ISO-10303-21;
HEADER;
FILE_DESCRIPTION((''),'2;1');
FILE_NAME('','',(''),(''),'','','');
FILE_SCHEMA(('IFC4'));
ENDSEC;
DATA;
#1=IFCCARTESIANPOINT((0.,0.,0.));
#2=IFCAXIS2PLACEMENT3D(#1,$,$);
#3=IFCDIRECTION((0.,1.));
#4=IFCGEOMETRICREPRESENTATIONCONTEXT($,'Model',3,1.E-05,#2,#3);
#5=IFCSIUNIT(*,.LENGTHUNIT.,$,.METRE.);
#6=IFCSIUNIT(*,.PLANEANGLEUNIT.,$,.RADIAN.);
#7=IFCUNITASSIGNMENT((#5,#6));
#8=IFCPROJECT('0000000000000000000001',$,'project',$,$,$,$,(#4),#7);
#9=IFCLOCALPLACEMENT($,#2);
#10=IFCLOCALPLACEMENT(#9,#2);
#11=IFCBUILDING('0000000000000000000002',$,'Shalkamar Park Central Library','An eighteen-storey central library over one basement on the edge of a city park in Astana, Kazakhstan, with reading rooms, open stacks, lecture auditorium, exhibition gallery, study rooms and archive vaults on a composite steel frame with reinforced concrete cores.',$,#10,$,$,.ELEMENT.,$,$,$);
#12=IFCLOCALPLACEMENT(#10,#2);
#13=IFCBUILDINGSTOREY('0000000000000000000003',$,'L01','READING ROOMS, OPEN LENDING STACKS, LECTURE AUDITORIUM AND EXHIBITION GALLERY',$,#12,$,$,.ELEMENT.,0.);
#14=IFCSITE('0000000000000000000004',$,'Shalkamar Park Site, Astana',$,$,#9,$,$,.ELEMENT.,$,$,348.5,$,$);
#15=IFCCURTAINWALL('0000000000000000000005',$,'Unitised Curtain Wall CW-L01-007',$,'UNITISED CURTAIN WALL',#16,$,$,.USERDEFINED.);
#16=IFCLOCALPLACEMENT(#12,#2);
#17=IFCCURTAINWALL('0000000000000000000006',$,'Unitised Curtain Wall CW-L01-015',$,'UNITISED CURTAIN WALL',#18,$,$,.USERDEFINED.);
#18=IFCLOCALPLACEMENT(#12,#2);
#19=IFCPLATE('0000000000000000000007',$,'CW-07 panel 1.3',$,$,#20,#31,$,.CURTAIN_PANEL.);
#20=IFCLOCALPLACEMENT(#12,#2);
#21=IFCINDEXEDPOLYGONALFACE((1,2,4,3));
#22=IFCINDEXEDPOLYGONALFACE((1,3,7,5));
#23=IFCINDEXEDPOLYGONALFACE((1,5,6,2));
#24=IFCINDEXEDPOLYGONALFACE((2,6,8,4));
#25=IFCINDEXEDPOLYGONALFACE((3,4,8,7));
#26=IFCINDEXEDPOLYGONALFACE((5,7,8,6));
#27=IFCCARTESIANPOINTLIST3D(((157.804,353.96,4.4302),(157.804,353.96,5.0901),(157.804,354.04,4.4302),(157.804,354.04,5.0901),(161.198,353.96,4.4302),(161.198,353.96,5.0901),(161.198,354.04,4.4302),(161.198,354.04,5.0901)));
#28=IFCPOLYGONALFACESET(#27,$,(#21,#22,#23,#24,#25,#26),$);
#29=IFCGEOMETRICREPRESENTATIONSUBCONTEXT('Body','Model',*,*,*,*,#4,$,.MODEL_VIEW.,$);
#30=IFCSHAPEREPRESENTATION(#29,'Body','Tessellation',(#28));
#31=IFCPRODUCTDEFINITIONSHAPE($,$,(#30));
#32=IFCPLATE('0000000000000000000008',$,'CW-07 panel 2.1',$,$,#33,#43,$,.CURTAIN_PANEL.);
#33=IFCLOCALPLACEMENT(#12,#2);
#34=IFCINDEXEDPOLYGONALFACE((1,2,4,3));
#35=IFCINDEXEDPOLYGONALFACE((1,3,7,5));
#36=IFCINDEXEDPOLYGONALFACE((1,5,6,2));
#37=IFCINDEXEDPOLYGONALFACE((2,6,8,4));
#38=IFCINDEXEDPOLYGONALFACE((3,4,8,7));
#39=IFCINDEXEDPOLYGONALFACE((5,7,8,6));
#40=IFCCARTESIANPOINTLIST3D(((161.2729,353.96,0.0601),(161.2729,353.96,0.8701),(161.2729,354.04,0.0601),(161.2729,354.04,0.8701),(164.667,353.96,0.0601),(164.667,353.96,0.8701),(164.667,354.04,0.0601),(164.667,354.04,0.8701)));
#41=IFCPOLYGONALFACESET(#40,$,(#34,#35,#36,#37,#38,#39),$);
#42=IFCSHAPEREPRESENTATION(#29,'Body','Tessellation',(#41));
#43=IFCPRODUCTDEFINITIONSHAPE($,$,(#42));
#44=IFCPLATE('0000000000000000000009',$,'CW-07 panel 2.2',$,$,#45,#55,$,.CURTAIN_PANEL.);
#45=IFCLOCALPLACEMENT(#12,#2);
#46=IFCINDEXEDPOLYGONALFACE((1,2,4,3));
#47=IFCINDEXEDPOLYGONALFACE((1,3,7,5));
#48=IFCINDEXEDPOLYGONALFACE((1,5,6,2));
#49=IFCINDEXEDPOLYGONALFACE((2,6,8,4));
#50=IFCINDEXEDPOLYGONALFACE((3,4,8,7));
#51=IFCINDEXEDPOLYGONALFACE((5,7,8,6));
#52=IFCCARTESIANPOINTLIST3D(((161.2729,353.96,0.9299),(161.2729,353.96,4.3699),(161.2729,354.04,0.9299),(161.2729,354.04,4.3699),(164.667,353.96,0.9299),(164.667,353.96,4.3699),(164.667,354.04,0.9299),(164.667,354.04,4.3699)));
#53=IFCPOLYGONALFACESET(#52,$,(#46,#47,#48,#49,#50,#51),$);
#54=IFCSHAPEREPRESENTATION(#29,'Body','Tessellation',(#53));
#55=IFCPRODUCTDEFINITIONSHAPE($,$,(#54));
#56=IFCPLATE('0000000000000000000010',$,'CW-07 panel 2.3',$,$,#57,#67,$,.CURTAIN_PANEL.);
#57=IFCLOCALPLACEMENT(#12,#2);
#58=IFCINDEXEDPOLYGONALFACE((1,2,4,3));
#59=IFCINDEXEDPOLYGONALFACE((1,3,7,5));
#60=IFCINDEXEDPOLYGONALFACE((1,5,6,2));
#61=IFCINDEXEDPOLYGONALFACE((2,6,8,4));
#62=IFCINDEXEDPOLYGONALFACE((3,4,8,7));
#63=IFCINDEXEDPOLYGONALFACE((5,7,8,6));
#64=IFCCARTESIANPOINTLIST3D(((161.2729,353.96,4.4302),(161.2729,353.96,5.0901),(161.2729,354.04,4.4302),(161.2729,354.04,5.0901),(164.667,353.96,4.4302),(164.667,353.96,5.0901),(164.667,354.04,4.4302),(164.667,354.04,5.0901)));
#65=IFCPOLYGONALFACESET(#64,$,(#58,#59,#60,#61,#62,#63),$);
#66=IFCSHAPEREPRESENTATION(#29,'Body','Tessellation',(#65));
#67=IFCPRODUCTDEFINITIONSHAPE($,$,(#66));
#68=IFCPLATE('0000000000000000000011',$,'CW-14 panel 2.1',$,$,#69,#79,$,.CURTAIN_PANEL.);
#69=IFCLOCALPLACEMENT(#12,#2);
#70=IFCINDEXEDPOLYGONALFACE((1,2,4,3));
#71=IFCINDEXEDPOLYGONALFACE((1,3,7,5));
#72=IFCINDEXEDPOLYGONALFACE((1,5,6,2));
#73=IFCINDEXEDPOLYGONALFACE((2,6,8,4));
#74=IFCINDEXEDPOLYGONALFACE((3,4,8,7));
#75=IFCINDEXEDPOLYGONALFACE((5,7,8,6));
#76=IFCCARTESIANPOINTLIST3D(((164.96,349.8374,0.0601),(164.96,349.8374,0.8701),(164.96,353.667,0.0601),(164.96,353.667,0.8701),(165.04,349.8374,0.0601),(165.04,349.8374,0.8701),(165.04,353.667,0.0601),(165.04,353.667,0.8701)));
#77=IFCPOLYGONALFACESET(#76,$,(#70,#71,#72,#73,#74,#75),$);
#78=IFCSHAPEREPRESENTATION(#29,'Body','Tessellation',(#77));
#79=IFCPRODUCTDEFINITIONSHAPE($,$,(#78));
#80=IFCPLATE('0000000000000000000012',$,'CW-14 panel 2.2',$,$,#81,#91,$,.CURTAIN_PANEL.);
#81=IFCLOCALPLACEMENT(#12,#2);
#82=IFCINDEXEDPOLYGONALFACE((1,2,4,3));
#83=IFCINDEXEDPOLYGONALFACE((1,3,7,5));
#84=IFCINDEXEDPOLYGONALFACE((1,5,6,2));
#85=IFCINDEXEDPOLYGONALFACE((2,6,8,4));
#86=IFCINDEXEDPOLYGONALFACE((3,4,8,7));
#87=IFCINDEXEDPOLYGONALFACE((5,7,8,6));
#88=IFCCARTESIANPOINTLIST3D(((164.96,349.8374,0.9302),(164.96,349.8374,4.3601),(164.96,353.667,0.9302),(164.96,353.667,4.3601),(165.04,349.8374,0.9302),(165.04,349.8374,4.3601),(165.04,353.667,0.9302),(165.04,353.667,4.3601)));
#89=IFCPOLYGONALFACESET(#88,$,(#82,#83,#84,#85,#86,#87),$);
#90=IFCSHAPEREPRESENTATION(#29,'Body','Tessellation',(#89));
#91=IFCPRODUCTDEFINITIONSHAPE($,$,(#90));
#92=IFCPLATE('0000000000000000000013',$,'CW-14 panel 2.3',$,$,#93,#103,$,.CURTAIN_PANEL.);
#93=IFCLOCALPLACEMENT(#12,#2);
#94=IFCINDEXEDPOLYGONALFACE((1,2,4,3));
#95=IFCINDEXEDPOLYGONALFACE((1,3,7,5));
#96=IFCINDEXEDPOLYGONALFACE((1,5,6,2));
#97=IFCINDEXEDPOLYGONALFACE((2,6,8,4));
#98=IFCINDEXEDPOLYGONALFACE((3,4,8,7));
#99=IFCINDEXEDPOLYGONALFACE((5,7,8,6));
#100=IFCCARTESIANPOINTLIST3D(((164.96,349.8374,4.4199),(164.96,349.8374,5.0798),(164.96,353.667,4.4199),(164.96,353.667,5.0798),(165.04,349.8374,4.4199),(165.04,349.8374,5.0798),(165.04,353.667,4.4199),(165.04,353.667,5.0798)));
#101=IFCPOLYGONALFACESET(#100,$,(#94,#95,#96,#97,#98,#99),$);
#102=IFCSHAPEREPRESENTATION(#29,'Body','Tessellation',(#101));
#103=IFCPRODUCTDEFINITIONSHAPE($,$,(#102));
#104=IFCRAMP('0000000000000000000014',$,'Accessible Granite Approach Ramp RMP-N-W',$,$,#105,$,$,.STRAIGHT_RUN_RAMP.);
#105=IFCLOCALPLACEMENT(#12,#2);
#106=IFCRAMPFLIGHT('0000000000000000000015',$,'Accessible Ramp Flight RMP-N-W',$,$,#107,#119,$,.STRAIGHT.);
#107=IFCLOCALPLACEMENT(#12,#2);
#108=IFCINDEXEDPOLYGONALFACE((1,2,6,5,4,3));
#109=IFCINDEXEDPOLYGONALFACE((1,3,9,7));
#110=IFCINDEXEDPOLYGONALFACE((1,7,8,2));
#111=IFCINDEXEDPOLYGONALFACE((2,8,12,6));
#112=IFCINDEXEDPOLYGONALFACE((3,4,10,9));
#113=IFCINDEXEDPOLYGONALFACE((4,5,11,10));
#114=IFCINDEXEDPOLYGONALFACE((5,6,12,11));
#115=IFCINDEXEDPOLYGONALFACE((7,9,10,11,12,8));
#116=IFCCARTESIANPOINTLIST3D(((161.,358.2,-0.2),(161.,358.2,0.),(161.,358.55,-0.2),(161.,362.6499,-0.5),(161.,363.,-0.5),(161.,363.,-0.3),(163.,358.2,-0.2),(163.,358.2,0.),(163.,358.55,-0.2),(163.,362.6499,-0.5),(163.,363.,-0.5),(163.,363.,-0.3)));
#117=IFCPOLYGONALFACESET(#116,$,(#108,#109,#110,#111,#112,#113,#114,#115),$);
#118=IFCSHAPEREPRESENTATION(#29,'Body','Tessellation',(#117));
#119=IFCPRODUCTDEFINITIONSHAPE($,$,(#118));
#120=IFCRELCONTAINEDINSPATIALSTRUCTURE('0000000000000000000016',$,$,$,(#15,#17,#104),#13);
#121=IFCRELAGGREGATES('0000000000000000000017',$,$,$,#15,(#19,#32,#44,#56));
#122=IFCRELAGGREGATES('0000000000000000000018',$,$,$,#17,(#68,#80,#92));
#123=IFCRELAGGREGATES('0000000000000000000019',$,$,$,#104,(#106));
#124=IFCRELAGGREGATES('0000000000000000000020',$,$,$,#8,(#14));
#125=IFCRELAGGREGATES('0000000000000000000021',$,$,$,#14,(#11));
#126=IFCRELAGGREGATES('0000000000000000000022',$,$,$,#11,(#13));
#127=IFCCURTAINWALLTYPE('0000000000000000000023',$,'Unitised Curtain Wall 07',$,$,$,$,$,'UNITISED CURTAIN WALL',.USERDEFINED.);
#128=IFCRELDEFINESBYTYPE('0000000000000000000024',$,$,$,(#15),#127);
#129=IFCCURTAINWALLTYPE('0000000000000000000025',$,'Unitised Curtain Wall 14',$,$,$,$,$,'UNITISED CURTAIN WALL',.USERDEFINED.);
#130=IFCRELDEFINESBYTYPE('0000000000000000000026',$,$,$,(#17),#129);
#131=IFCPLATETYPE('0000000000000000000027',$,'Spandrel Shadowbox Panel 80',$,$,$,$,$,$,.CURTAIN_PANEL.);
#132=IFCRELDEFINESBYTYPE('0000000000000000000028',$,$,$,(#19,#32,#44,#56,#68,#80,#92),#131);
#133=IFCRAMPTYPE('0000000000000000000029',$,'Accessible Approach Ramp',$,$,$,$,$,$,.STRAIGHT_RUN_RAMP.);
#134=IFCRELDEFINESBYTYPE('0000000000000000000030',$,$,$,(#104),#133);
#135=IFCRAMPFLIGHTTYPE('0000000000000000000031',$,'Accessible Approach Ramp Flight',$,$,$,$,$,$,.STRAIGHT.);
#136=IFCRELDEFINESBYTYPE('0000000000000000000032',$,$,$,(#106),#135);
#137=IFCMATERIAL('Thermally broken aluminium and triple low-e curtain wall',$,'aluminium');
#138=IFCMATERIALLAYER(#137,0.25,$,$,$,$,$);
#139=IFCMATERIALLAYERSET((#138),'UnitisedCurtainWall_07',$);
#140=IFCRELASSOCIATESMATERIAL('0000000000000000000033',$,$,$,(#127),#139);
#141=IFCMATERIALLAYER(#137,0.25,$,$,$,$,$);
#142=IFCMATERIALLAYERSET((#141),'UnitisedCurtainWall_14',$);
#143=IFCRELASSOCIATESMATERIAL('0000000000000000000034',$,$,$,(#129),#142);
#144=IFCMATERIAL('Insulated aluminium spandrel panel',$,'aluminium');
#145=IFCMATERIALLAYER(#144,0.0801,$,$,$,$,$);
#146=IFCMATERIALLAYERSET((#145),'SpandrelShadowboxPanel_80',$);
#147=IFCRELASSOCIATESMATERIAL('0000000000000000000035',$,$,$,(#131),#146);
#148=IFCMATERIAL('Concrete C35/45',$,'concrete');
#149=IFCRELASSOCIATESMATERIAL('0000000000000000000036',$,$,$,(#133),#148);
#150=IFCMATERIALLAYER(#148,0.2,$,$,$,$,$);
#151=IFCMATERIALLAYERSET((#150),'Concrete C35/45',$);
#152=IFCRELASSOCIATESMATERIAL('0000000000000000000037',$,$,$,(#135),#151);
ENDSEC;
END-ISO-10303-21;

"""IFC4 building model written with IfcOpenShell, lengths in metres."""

from ifc_helpers import new_model, si_unit, direction, frame, origin, origin_2d, place, context, subcontext, project, spatial, polyline, rectangle, outline, extrude, material, layer, layer_set, type_object, element, aggregate, save


model = new_model("IFC4")

# Units and contexts
model_context = context("Model", 3, precision=1e-05, world=origin(), true_north=direction((0.0, 1.0)))
body_context = subcontext(model_context, "Body", "Model", "MODEL_VIEW")
ifc_project = project(units=[si_unit("LENGTHUNIT", "METRE"), si_unit("PLANEANGLEUNIT", "RADIAN")], contexts=[model_context])

# Site, building, storey
site_placement = place(None, origin())
site = spatial("IfcSite", under=ifc_project, at=site_placement, Name="Shalkamar Park Site, Astana", CompositionType="ELEMENT", RefElevation=348.5)
building_placement = place(site_placement, origin())
building = spatial("IfcBuilding", under=site, at=building_placement, Name="Shalkamar Park Central Library", Description="An eighteen-storey central library over one basement on the edge of a city park in Astana, Kazakhstan, with reading rooms, open stacks, lecture auditorium, exhibition gallery, study rooms and archive vaults on a composite steel frame with reinforced concrete cores.", CompositionType="ELEMENT")
storey_placement = place(building_placement, origin())
storey = spatial("IfcBuildingStorey", under=building, at=storey_placement, Name="L01", Description="READING ROOMS, OPEN LENDING STACKS, LECTURE AUDITORIUM AND EXHIBITION GALLERY", CompositionType="ELEMENT", Elevation=0.0)

# Curtain walls
ifc_material_1 = material(Name="Thermally broken aluminium and triple low-e curtain wall", Category="aluminium")
ifc_layer_1 = layer(ifc_material_1, 0.25)
ifc_layer_set_1 = layer_set([ifc_layer_1], Name="UnitisedCurtainWall_07")
curtain_wall_type_1 = type_object("IfcCurtainWallType", Name="Unitised Curtain Wall 07", ElementType="UNITISED CURTAIN WALL", PredefinedType="USERDEFINED", material=ifc_layer_set_1)
curtain_wall_1_placement = place(storey_placement, origin())
curtain_wall_1 = element("IfcCurtainWall", 1, at=curtain_wall_1_placement, inside=storey, type_object=curtain_wall_type_1, Name="Unitised Curtain Wall CW-L01-007", ObjectType="UNITISED CURTAIN WALL", PredefinedType="USERDEFINED")
ifc_layer_2 = layer(ifc_material_1, 0.25)
ifc_layer_set_2 = layer_set([ifc_layer_2], Name="UnitisedCurtainWall_14")
curtain_wall_type_2 = type_object("IfcCurtainWallType", Name="Unitised Curtain Wall 14", ElementType="UNITISED CURTAIN WALL", PredefinedType="USERDEFINED", material=ifc_layer_set_2)
curtain_wall_2_placement = place(storey_placement, origin())
curtain_wall_2 = element("IfcCurtainWall", 2, at=curtain_wall_2_placement, inside=storey, type_object=curtain_wall_type_2, Name="Unitised Curtain Wall CW-L01-015", ObjectType="UNITISED CURTAIN WALL", PredefinedType="USERDEFINED")

# Plates
ifc_material_2 = material(Name="Insulated aluminium spandrel panel", Category="aluminium")
ifc_layer_3 = layer(ifc_material_2, 0.0801)
ifc_layer_set_3 = layer_set([ifc_layer_3], Name="SpandrelShadowboxPanel_80")
plate_type = type_object("IfcPlateType", Name="Spandrel Shadowbox Panel 80", PredefinedType="CURTAIN_PANEL", material=ifc_layer_set_3)
plate_1_placement = place(storey_placement, frame((159.501, 354.0, 4.4302), z_axis=(0.0, 0.0, 1.0), x_axis=(1.0, 0.0, 0.0)))
plate_1 = element("IfcPlate", 3, at=plate_1_placement, type_object=plate_type, Name="CW-07 panel 1.3", PredefinedType="CURTAIN_PANEL", context=body_context, shape_type="SweptSolid", body=[
    extrude(rectangle(XDim=3.394, YDim=0.0801, at=origin_2d()), origin(), (0.0, 0.0, 1.0), 0.6599),
])
plate_2_placement = place(storey_placement, frame((162.97, 354.0, 0.0601), z_axis=(0.0, 0.0, 1.0), x_axis=(1.0, 0.0, 0.0)))
plate_2 = element("IfcPlate", 4, at=plate_2_placement, type_object=plate_type, Name="CW-07 panel 2.1", PredefinedType="CURTAIN_PANEL", context=body_context, shape_type="SweptSolid", body=[
    extrude(rectangle(XDim=3.394, YDim=0.0801, at=origin_2d()), origin(), (0.0, 0.0, 1.0), 0.8101),
])
plate_3_placement = place(storey_placement, frame((162.97, 354.0, 0.9299), z_axis=(0.0, 0.0, 1.0), x_axis=(1.0, 0.0, 0.0)))
plate_3 = element("IfcPlate", 5, at=plate_3_placement, type_object=plate_type, Name="CW-07 panel 2.2", PredefinedType="CURTAIN_PANEL", context=body_context, shape_type="SweptSolid", body=[
    extrude(rectangle(XDim=3.394, YDim=0.0801, at=origin_2d()), origin(), (0.0, 0.0, 1.0), 3.4399),
])
plate_4_placement = place(storey_placement, frame((162.97, 354.0, 4.4302), z_axis=(0.0, 0.0, 1.0), x_axis=(1.0, 0.0, 0.0)))
plate_4 = element("IfcPlate", 6, at=plate_4_placement, type_object=plate_type, Name="CW-07 panel 2.3", PredefinedType="CURTAIN_PANEL", context=body_context, shape_type="SweptSolid", body=[
    extrude(rectangle(XDim=3.394, YDim=0.0801, at=origin_2d()), origin(), (0.0, 0.0, 1.0), 0.6599),
])
aggregate(curtain_wall_1, [plate_1, plate_2, plate_3, plate_4])
plate_5_placement = place(storey_placement, frame((165.0, 351.7522, 0.0601), z_axis=(0.0, 0.0, 1.0), x_axis=(0.0, 1.0, 0.0)))
plate_5 = element("IfcPlate", 7, at=plate_5_placement, type_object=plate_type, Name="CW-14 panel 2.1", PredefinedType="CURTAIN_PANEL", context=body_context, shape_type="SweptSolid", body=[
    extrude(rectangle(XDim=3.8296, YDim=0.0801, at=origin_2d()), origin(), (0.0, 0.0, 1.0), 0.8101),
])
plate_6_placement = place(storey_placement, frame((165.0, 351.7522, 0.9302), z_axis=(0.0, 0.0, 1.0), x_axis=(0.0, 1.0, 0.0)))
plate_6 = element("IfcPlate", 8, at=plate_6_placement, type_object=plate_type, Name="CW-14 panel 2.2", PredefinedType="CURTAIN_PANEL", context=body_context, shape_type="SweptSolid", body=[
    extrude(rectangle(XDim=3.8296, YDim=0.0801, at=origin_2d()), origin(), (0.0, 0.0, 1.0), 3.4299),
])
plate_7_placement = place(storey_placement, frame((165.0, 351.7522, 4.4199), z_axis=(0.0, 0.0, 1.0), x_axis=(0.0, 1.0, 0.0)))
plate_7 = element("IfcPlate", 9, at=plate_7_placement, type_object=plate_type, Name="CW-14 panel 2.3", PredefinedType="CURTAIN_PANEL", context=body_context, shape_type="SweptSolid", body=[
    extrude(rectangle(XDim=3.8296, YDim=0.0801, at=origin_2d()), origin(), (0.0, 0.0, 1.0), 0.6599),
])
aggregate(curtain_wall_2, [plate_5, plate_6, plate_7])

# Ramp, ramp flight
ifc_material_3 = material(Name="Concrete C35/45", Category="concrete")
ramp_type = type_object("IfcRampType", Name="Accessible Approach Ramp", PredefinedType="STRAIGHT_RUN_RAMP", material=ifc_material_3)
ramp_placement = place(storey_placement, origin())
ramp = element("IfcRamp", 10, at=ramp_placement, inside=storey, type_object=ramp_type, Name="Accessible Granite Approach Ramp RMP-N-W", PredefinedType="STRAIGHT_RUN_RAMP")
ifc_layer_4 = layer(ifc_material_3, 0.2)
ifc_layer_set_4 = layer_set([ifc_layer_4], Name="Concrete C35/45")
ramp_flight_type = type_object("IfcRampFlightType", Name="Accessible Approach Ramp Flight", PredefinedType="STRAIGHT", material=ifc_layer_set_4)
ramp_flight_placement = place(storey_placement, frame((162.0, 363.0, -0.3), z_axis=(0.0, 0.0, 1.0), x_axis=(0.0, -1.0, 0.0)))
ramp_flight = element("IfcRampFlight", 11, at=ramp_flight_placement, type_object=ramp_flight_type, Name="Accessible Ramp Flight RMP-N-W", PredefinedType="STRAIGHT", context=body_context, shape_type="SweptSolid", body=[
    extrude(outline(polyline([(0.0, 0.0), (0.0, -0.2), (0.3501, -0.2), (4.45, 0.1001), (4.8, 0.1001), (4.8, 0.3), (0.0, 0.0)])), frame((0.0, 1.0, 0.0), z_axis=(0.0, -1.0, 0.0), x_axis=(1.0, 0.0, 0.0)), (0.0, 0.0, 1.0), 2.0),
])
aggregate(ramp, [ramp_flight])

save(model, "model.ifc")
